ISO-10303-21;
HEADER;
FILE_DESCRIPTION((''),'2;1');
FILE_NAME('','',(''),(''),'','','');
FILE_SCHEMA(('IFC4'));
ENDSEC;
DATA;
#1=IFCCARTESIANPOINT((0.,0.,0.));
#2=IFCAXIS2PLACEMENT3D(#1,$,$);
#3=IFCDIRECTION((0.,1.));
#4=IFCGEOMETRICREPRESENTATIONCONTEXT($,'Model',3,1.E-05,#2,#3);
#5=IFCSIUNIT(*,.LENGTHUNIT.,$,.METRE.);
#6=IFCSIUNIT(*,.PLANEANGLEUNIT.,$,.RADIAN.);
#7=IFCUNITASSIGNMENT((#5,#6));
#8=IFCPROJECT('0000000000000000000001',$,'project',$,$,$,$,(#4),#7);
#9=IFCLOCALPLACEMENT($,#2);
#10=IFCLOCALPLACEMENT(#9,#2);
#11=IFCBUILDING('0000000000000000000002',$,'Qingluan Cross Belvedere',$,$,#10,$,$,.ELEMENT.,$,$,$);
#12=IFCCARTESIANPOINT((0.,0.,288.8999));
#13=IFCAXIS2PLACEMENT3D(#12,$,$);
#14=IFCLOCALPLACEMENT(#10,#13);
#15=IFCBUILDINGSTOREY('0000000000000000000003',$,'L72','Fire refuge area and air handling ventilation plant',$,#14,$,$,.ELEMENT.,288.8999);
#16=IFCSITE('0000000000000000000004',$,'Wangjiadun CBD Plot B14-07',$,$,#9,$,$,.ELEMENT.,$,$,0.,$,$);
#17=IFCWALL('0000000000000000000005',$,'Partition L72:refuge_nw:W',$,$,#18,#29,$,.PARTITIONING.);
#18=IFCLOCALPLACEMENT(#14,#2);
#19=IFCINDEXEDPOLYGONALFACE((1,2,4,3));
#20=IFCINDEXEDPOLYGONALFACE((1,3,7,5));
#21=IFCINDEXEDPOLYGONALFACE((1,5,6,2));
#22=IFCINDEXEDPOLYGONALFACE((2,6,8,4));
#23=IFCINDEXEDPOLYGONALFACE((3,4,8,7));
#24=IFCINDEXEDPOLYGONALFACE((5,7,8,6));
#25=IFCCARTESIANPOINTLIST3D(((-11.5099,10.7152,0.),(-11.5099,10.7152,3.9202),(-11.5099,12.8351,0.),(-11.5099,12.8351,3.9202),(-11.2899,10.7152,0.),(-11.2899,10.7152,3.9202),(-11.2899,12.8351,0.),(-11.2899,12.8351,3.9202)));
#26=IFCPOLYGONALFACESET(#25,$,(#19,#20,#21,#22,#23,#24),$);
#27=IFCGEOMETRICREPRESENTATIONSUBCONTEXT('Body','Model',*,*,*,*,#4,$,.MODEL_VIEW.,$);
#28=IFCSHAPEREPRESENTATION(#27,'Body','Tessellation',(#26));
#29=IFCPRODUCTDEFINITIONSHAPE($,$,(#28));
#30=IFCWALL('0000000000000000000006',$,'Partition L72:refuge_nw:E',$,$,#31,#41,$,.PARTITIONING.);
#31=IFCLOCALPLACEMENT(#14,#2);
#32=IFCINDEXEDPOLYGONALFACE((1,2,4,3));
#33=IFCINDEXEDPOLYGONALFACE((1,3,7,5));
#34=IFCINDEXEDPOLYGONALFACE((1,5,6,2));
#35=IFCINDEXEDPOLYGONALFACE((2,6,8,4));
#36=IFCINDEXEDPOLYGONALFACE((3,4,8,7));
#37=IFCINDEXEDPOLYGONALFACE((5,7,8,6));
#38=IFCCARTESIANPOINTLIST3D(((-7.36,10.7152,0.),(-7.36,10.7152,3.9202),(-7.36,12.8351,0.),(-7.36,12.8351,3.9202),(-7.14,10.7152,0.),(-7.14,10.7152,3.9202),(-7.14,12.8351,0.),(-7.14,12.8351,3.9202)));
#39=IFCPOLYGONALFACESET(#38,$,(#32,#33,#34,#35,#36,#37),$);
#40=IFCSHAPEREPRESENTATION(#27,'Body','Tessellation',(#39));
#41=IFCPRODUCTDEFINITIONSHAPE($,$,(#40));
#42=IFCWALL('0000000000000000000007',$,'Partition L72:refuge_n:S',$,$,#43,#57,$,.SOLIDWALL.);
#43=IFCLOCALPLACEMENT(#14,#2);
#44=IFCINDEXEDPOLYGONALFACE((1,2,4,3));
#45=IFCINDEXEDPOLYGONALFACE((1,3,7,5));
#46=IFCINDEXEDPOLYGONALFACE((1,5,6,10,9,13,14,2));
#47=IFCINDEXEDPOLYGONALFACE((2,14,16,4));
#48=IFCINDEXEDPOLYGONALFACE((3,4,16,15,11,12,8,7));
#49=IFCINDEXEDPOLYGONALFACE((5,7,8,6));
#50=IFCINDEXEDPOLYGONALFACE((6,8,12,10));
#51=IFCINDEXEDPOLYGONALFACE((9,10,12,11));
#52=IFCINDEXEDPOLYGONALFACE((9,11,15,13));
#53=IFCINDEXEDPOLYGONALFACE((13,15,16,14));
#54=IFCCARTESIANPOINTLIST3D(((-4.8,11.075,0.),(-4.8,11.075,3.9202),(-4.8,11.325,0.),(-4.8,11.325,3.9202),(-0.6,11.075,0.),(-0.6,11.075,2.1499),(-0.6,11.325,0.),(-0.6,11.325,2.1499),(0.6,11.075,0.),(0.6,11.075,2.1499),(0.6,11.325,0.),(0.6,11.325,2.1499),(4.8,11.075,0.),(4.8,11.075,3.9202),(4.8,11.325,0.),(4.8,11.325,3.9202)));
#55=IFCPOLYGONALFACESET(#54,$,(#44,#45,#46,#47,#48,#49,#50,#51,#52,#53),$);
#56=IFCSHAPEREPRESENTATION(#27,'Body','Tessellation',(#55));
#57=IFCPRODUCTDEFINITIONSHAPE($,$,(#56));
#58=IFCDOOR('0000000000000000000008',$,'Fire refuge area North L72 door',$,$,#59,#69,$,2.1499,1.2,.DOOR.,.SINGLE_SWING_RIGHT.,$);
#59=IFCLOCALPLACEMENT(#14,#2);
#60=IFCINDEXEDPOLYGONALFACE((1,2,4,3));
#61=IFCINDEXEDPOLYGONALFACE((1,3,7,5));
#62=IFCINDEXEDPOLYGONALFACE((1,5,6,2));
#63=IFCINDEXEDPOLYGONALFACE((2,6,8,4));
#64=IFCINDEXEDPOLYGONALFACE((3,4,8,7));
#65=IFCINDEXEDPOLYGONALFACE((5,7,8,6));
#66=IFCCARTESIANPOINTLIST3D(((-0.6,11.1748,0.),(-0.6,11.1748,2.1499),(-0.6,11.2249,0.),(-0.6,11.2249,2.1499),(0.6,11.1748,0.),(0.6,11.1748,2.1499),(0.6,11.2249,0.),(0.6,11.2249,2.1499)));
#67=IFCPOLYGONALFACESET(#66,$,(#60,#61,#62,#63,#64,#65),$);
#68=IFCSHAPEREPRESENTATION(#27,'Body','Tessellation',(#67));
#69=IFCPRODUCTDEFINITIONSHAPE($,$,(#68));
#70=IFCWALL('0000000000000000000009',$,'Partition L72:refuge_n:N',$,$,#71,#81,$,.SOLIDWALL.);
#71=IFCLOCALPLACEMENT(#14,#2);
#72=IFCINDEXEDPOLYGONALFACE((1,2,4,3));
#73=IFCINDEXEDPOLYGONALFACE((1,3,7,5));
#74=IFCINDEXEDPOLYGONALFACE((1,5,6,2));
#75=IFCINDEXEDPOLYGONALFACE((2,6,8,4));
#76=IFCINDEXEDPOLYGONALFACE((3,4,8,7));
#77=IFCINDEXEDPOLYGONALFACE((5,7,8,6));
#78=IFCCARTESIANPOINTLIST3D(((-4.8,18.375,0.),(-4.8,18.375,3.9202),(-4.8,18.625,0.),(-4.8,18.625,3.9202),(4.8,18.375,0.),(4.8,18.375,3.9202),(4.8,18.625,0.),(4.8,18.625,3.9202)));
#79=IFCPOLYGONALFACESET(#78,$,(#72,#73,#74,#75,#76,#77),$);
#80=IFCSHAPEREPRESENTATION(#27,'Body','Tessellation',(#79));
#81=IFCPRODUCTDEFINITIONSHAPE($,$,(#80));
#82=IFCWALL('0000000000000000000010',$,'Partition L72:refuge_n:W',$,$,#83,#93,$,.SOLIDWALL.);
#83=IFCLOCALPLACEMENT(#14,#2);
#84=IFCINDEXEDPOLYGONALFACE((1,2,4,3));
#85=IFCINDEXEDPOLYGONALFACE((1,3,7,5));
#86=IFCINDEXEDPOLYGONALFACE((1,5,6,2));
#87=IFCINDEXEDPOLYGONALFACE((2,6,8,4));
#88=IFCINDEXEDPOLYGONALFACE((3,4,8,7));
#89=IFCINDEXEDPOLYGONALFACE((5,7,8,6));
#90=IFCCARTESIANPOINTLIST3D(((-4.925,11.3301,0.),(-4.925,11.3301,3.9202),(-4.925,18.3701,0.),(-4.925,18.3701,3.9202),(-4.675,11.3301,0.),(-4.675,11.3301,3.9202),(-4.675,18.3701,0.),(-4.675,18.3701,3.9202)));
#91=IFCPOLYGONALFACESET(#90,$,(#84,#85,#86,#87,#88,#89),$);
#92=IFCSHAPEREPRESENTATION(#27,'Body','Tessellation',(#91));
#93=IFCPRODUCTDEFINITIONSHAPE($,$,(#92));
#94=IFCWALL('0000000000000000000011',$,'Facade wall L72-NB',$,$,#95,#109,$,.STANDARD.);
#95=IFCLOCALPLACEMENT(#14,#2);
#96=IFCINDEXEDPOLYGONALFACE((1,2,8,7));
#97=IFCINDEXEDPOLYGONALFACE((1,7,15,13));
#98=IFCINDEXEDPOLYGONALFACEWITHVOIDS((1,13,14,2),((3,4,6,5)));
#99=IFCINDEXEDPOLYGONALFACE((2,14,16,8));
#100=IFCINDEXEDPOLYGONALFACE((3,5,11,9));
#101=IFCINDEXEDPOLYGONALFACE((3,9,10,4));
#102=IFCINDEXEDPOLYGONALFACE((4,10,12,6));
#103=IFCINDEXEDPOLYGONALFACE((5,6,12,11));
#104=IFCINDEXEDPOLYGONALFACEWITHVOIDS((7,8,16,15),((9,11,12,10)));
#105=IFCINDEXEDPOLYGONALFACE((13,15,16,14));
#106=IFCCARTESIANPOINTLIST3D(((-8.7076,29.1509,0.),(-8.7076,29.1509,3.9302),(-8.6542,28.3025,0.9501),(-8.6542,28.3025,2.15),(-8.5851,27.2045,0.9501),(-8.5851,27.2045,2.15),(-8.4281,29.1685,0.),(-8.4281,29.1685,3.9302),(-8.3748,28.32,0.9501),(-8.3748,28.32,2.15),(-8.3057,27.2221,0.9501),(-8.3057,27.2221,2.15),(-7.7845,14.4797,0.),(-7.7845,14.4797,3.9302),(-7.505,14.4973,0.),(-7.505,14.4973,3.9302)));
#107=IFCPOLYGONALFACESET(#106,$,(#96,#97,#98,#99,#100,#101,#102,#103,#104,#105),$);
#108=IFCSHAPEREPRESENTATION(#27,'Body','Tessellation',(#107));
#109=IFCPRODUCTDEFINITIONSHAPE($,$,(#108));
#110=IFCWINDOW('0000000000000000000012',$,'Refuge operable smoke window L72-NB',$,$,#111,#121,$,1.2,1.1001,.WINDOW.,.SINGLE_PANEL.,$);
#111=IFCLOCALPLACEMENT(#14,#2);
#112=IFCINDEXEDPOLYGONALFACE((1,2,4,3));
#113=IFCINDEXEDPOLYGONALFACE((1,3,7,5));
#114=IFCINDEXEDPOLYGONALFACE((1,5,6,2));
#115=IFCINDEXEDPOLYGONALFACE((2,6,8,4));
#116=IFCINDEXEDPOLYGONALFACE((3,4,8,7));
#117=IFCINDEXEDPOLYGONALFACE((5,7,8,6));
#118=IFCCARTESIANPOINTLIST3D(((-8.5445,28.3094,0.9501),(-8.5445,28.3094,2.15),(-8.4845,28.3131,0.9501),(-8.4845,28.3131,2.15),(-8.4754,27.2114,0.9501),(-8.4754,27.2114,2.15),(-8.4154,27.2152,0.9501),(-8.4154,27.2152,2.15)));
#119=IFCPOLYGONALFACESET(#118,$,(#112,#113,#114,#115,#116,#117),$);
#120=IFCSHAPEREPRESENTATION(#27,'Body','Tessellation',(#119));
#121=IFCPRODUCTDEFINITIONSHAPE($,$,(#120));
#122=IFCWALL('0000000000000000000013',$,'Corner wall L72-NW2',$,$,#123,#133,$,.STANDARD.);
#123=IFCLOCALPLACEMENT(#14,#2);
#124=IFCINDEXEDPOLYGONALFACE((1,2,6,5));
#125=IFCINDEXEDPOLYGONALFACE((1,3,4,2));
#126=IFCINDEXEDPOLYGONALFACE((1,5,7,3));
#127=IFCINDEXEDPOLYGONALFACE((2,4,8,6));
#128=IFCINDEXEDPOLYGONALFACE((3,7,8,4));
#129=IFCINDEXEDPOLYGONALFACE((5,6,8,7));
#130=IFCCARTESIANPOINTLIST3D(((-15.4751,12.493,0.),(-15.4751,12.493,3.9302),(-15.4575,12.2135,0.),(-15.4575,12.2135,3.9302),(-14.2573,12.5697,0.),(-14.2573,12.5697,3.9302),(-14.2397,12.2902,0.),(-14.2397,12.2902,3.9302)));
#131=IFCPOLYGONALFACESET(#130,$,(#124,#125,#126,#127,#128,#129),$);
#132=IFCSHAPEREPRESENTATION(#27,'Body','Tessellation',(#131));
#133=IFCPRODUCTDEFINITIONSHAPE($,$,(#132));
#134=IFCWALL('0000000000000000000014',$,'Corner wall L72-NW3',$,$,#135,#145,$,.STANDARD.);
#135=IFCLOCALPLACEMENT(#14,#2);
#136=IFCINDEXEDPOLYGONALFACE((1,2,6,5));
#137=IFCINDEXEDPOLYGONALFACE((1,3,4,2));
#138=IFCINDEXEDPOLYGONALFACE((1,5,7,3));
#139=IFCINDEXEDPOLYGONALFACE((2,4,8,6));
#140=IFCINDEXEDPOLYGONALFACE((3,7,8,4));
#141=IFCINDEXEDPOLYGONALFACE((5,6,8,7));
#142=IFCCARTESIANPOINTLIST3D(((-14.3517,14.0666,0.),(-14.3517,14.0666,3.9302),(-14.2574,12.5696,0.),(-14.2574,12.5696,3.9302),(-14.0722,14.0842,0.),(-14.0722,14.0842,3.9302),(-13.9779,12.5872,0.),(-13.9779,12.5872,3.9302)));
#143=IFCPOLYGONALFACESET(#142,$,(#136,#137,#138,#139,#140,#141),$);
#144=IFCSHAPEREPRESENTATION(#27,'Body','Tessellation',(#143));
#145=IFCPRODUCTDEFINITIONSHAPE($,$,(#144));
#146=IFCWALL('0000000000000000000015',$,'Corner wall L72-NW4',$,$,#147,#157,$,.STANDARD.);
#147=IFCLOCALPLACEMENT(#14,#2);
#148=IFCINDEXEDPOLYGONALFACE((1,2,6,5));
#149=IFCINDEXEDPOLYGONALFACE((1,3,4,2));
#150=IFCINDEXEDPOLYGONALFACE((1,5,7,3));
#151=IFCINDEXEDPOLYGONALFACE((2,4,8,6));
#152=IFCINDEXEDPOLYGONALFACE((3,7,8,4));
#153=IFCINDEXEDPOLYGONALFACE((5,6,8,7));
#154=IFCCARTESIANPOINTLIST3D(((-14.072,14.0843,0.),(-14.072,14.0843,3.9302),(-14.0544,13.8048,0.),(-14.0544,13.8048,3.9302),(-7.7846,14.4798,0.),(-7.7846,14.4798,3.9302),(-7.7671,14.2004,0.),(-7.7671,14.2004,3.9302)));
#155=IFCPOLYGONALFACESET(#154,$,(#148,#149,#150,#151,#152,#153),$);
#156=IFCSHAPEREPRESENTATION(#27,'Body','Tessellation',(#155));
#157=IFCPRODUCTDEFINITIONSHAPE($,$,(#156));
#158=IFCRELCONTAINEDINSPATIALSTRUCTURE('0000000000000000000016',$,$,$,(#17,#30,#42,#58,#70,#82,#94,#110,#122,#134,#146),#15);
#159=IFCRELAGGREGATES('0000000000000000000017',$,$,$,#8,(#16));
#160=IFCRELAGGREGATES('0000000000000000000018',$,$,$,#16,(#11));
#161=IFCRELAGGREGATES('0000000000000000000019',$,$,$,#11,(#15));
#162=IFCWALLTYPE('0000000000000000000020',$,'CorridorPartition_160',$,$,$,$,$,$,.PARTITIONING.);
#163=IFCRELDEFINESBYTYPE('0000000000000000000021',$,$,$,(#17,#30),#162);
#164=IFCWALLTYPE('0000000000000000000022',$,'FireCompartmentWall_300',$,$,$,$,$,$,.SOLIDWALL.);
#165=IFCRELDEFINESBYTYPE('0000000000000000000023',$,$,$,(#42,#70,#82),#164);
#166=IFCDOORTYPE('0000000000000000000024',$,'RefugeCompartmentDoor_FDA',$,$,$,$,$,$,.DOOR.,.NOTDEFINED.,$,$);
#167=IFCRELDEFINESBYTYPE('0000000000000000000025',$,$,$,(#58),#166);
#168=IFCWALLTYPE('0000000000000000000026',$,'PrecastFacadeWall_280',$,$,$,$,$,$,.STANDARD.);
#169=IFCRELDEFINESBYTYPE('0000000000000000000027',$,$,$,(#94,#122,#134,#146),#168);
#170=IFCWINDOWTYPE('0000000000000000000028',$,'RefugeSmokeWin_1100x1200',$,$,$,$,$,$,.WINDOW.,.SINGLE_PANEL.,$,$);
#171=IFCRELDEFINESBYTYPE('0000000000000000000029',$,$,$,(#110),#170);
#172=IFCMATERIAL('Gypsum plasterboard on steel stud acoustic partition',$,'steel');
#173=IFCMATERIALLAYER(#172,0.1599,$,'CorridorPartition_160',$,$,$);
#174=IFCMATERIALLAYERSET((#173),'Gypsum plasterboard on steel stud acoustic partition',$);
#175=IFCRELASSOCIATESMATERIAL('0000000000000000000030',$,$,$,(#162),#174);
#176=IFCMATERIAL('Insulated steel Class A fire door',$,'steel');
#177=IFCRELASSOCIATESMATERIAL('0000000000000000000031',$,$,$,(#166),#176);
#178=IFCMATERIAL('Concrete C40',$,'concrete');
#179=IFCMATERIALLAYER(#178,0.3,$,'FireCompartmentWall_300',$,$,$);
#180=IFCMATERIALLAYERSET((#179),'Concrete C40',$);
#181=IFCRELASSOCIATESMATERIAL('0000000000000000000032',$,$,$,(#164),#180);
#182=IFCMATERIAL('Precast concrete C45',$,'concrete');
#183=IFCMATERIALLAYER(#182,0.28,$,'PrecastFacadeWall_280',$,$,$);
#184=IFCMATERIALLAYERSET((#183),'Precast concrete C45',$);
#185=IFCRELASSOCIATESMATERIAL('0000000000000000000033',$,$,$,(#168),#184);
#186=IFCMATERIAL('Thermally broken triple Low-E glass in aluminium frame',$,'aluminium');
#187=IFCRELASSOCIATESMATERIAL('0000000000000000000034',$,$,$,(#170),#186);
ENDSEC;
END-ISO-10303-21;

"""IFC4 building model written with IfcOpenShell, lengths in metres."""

from ifc_helpers import new_model, si_unit, direction, frame, frame_2d, origin, place, context, subcontext, project, spatial, rectangle, extrude, material, layer, layer_set, type_object, element, fill, save


model = new_model("IFC4")

# Units and contexts
model_context = context("Model", 3, precision=1e-05, world=origin(), true_north=direction((0.0, 1.0)))
body_context = subcontext(model_context, "Body", "Model", "MODEL_VIEW")
ifc_project = project(units=[si_unit("LENGTHUNIT", "METRE"), si_unit("PLANEANGLEUNIT", "RADIAN")], contexts=[model_context])

# Site, building, storey
site_placement = place(None, origin())
site = spatial("IfcSite", under=ifc_project, at=site_placement, Name="Wangjiadun CBD Plot B14-07", CompositionType="ELEMENT", RefElevation=0.0)
building_placement = place(site_placement, origin())
building = spatial("IfcBuilding", under=site, at=building_placement, Name="Qingluan Cross Belvedere", CompositionType="ELEMENT")
storey_placement = place(building_placement, frame((0.0, 0.0, 288.8999)))
storey = spatial("IfcBuildingStorey", under=building, at=storey_placement, Name="L72", Description="Fire refuge area and air handling ventilation plant", CompositionType="ELEMENT", Elevation=288.8999)

# Shared definitions
ifc_material_1 = material(Name="Gypsum plasterboard on steel stud acoustic partition", Category="steel")
ifc_layer_1 = layer(ifc_material_1, 0.1599, Name="CorridorPartition_160")
ifc_layer_set_1 = layer_set([ifc_layer_1], Name="Gypsum plasterboard on steel stud acoustic partition")
wall_type_1 = type_object("IfcWallType", Name="CorridorPartition_160", PredefinedType="PARTITIONING", material=ifc_layer_set_1)
ifc_material_2 = material(Name="Insulated steel Class A fire door", Category="steel")
door_type = type_object("IfcDoorType", Name="RefugeCompartmentDoor_FDA", OperationType="NOTDEFINED", PredefinedType="DOOR", material=ifc_material_2)

# Walls
for number, where, z_axis, x_axis, name in (
    (1, (-11.3999, 10.7151, 0.0), (0.0, 0.0, 1.0), (0.0, 1.0, 0.0), "Partition L72:refuge_nw:W"),
    (2, (-7.25, 10.7151, 0.0), (0.0, 0.0, 1.0), (0.0, 1.0, 0.0), "Partition L72:refuge_nw:E"),
):
    element("IfcWall", number, at=place(storey_placement, frame(where, z_axis=z_axis, x_axis=x_axis)), inside=storey, type_object=wall_type_1, Name=name, PredefinedType="PARTITIONING", context=body_context, shape_type="SweptSolid", body=[
        extrude(rectangle(XDim=2.1199, YDim=0.22, at=frame_2d((1.0601, 0.0))), origin(), (0.0, 0.0, 1.0), 3.9202),
    ])

# Wall, opening, door
ifc_material_3 = material(Name="Concrete C40", Category="concrete")
ifc_layer_2 = layer(ifc_material_3, 0.3, Name="FireCompartmentWall_300")
ifc_layer_set_2 = layer_set([ifc_layer_2], Name="Concrete C40")
wall_type_2 = type_object("IfcWallType", Name="FireCompartmentWall_300", PredefinedType="SOLIDWALL", material=ifc_layer_set_2)
wall_1_placement = place(storey_placement, frame((-4.8, 11.2, 0.0), z_axis=(0.0, 0.0, 1.0), x_axis=(1.0, 0.0, 0.0)))
wall_1 = element("IfcWall", 3, at=wall_1_placement, inside=storey, type_object=wall_type_2, Name="Partition L72:refuge_n:S", PredefinedType="SOLIDWALL", context=body_context, shape_type="SweptSolid", body=[
    extrude(rectangle(XDim=9.6001, YDim=0.25, at=frame_2d((4.8, 0.0))), origin(), (0.0, 0.0, 1.0), 3.9202),
])
opening_1_placement = place(wall_1_placement, frame((4.2, 0.0, 0.0)))
opening_1 = element("IfcOpeningElement", 4, at=opening_1_placement, cuts=wall_1, PredefinedType="OPENING", context=body_context, shape_type="SweptSolid", body=[
    extrude(rectangle(XDim=1.2, YDim=2.1499, at=frame_2d((0.6001, 1.075))), frame((0.0, 0.135, 0.0), z_axis=(0.0, -1.0, 0.0), x_axis=(1.0, 0.0, 0.0)), (0.0, 0.0, 1.0), 0.27),
])
door_1_placement = place(opening_1_placement, origin())
door_1 = element("IfcDoor", 5, at=door_1_placement, inside=storey, type_object=door_type, Name="Fire refuge area North L72 door", OperationType="SINGLE_SWING_RIGHT", OverallHeight=2.1499, OverallWidth=1.2, PredefinedType="DOOR", context=body_context, shape_type="SweptSolid", body=[
    extrude(rectangle(XDim=1.2, YDim=2.1499, at=frame_2d((0.6001, 1.075))), frame((0.0, 0.0249, 0.0), z_axis=(0.0, -1.0, 0.0), x_axis=(1.0, 0.0, 0.0)), (0.0, 0.0, 1.0), 0.05),
])
fill(opening_1, door_1)

# Walls
wall_2_placement = place(storey_placement, frame((-4.8, 18.5, 0.0), z_axis=(0.0, 0.0, 1.0), x_axis=(1.0, 0.0, 0.0)))
element("IfcWall", 6, at=wall_2_placement, inside=storey, type_object=wall_type_2, Name="Partition L72:refuge_n:N", PredefinedType="SOLIDWALL", context=body_context, shape_type="SweptSolid", body=[
    extrude(rectangle(XDim=9.6001, YDim=0.25, at=frame_2d((4.8, 0.0))), origin(), (0.0, 0.0, 1.0), 3.9202),
])
wall_3_placement = place(storey_placement, frame((-4.8, 11.3301, 0.0), z_axis=(0.0, 0.0, 1.0), x_axis=(0.0, 1.0, 0.0)))
element("IfcWall", 7, at=wall_3_placement, inside=storey, type_object=wall_type_2, Name="Partition L72:refuge_n:W", PredefinedType="SOLIDWALL", context=body_context, shape_type="SweptSolid", body=[
    extrude(rectangle(XDim=7.04, YDim=0.25, at=frame_2d((3.52, 0.0))), origin(), (0.0, 0.0, 1.0), 3.9202),
])

# Wall, opening, window
ifc_material_4 = material(Name="Precast concrete C45", Category="concrete")
ifc_layer_3 = layer(ifc_material_4, 0.28, Name="PrecastFacadeWall_280")
ifc_layer_set_3 = layer_set([ifc_layer_3], Name="Precast concrete C45")
wall_type_3 = type_object("IfcWallType", Name="PrecastFacadeWall_280", PredefinedType="STANDARD", material=ifc_layer_set_3)
wall_4_placement = place(storey_placement, frame((-8.5679, 29.1597, 0.0), z_axis=(0.0, 0.0, 1.0), x_axis=(0.062795, -0.998026, 0.0)))
wall_4 = element("IfcWall", 8, at=wall_4_placement, inside=storey, type_object=wall_type_3, Name="Facade wall L72-NB", PredefinedType="STANDARD", context=body_context, shape_type="SweptSolid", body=[
    extrude(rectangle(XDim=14.7002, YDim=0.28, at=frame_2d((7.3501, 0.0))), origin(), (0.0, 0.0, 1.0), 3.9302),
])
opening_2_placement = place(wall_4_placement, frame((0.8501, 0.0, 0.95)))
opening_2 = element("IfcOpeningElement", 9, at=opening_2_placement, cuts=wall_4, PredefinedType="OPENING", context=body_context, shape_type="SweptSolid", body=[
    extrude(rectangle(XDim=1.1001, YDim=1.2, at=frame_2d((0.55, 0.6001))), frame((0.0, 0.1499, 0.0), z_axis=(0.0, -1.0, 0.0), x_axis=(1.0, 0.0, 0.0)), (0.0, 0.0, 1.0), 0.3),
])
ifc_material_5 = material(Name="Thermally broken triple Low-E glass in aluminium frame", Category="aluminium")
window_type = type_object("IfcWindowType", Name="RefugeSmokeWin_1100x1200", PartitioningType="SINGLE_PANEL", PredefinedType="WINDOW", material=ifc_material_5)
window_placement = place(opening_2_placement, origin())
window = element("IfcWindow", 10, at=window_placement, inside=storey, type_object=window_type, Name="Refuge operable smoke window L72-NB", OverallHeight=1.2, OverallWidth=1.1001, PartitioningType="SINGLE_PANEL", PredefinedType="WINDOW", context=body_context, shape_type="SweptSolid", body=[
    extrude(rectangle(XDim=1.1001, YDim=1.2, at=frame_2d((0.55, 0.6001))), frame((0.0, 0.03, 0.0), z_axis=(0.0, -1.0, 0.0), x_axis=(1.0, 0.0, 0.0)), (0.0, 0.0, 1.0), 0.0601),
])
fill(opening_2, window)

# Walls
wall_5_placement = place(storey_placement, frame((-15.4663, 12.3533, 0.0), z_axis=(0.0, 0.0, 1.0), x_axis=(0.998024, 0.062827, 0.0)))
element("IfcWall", 11, at=wall_5_placement, inside=storey, type_object=wall_type_3, Name="Corner wall L72-NW2", PredefinedType="STANDARD", context=body_context, shape_type="SweptSolid", body=[
    extrude(rectangle(XDim=1.2202, YDim=0.28, at=frame_2d((0.6101, 0.0))), origin(), (0.0, 0.0, 1.0), 3.9302),
])
wall_6_placement = place(storey_placement, frame((-14.1177, 12.5784, 0.0), z_axis=(0.0, 0.0, 1.0), x_axis=(-0.062824, 0.998025, 0.0)))
element("IfcWall", 12, at=wall_6_placement, inside=storey, type_object=wall_type_3, Name="Corner wall L72-NW3", PredefinedType="STANDARD", context=body_context, shape_type="SweptSolid", body=[
    extrude(rectangle(XDim=1.5, YDim=0.28, at=frame_2d((0.75, 0.0))), origin(), (0.0, 0.0, 1.0), 3.9302),
])
wall_7_placement = place(storey_placement, frame((-14.0632, 13.9446, 0.0), z_axis=(0.0, 0.0, 1.0), x_axis=(0.998027, 0.062781, 0.0)))
element("IfcWall", 13, at=wall_7_placement, inside=storey, type_object=wall_type_3, Name="Corner wall L72-NW4", PredefinedType="STANDARD", context=body_context, shape_type="SweptSolid", body=[
    extrude(rectangle(XDim=6.2998, YDim=0.28, at=frame_2d((3.1499, 0.0))), origin(), (0.0, 0.0, 1.0), 3.9302),
])

save(model, "model.ifc")
